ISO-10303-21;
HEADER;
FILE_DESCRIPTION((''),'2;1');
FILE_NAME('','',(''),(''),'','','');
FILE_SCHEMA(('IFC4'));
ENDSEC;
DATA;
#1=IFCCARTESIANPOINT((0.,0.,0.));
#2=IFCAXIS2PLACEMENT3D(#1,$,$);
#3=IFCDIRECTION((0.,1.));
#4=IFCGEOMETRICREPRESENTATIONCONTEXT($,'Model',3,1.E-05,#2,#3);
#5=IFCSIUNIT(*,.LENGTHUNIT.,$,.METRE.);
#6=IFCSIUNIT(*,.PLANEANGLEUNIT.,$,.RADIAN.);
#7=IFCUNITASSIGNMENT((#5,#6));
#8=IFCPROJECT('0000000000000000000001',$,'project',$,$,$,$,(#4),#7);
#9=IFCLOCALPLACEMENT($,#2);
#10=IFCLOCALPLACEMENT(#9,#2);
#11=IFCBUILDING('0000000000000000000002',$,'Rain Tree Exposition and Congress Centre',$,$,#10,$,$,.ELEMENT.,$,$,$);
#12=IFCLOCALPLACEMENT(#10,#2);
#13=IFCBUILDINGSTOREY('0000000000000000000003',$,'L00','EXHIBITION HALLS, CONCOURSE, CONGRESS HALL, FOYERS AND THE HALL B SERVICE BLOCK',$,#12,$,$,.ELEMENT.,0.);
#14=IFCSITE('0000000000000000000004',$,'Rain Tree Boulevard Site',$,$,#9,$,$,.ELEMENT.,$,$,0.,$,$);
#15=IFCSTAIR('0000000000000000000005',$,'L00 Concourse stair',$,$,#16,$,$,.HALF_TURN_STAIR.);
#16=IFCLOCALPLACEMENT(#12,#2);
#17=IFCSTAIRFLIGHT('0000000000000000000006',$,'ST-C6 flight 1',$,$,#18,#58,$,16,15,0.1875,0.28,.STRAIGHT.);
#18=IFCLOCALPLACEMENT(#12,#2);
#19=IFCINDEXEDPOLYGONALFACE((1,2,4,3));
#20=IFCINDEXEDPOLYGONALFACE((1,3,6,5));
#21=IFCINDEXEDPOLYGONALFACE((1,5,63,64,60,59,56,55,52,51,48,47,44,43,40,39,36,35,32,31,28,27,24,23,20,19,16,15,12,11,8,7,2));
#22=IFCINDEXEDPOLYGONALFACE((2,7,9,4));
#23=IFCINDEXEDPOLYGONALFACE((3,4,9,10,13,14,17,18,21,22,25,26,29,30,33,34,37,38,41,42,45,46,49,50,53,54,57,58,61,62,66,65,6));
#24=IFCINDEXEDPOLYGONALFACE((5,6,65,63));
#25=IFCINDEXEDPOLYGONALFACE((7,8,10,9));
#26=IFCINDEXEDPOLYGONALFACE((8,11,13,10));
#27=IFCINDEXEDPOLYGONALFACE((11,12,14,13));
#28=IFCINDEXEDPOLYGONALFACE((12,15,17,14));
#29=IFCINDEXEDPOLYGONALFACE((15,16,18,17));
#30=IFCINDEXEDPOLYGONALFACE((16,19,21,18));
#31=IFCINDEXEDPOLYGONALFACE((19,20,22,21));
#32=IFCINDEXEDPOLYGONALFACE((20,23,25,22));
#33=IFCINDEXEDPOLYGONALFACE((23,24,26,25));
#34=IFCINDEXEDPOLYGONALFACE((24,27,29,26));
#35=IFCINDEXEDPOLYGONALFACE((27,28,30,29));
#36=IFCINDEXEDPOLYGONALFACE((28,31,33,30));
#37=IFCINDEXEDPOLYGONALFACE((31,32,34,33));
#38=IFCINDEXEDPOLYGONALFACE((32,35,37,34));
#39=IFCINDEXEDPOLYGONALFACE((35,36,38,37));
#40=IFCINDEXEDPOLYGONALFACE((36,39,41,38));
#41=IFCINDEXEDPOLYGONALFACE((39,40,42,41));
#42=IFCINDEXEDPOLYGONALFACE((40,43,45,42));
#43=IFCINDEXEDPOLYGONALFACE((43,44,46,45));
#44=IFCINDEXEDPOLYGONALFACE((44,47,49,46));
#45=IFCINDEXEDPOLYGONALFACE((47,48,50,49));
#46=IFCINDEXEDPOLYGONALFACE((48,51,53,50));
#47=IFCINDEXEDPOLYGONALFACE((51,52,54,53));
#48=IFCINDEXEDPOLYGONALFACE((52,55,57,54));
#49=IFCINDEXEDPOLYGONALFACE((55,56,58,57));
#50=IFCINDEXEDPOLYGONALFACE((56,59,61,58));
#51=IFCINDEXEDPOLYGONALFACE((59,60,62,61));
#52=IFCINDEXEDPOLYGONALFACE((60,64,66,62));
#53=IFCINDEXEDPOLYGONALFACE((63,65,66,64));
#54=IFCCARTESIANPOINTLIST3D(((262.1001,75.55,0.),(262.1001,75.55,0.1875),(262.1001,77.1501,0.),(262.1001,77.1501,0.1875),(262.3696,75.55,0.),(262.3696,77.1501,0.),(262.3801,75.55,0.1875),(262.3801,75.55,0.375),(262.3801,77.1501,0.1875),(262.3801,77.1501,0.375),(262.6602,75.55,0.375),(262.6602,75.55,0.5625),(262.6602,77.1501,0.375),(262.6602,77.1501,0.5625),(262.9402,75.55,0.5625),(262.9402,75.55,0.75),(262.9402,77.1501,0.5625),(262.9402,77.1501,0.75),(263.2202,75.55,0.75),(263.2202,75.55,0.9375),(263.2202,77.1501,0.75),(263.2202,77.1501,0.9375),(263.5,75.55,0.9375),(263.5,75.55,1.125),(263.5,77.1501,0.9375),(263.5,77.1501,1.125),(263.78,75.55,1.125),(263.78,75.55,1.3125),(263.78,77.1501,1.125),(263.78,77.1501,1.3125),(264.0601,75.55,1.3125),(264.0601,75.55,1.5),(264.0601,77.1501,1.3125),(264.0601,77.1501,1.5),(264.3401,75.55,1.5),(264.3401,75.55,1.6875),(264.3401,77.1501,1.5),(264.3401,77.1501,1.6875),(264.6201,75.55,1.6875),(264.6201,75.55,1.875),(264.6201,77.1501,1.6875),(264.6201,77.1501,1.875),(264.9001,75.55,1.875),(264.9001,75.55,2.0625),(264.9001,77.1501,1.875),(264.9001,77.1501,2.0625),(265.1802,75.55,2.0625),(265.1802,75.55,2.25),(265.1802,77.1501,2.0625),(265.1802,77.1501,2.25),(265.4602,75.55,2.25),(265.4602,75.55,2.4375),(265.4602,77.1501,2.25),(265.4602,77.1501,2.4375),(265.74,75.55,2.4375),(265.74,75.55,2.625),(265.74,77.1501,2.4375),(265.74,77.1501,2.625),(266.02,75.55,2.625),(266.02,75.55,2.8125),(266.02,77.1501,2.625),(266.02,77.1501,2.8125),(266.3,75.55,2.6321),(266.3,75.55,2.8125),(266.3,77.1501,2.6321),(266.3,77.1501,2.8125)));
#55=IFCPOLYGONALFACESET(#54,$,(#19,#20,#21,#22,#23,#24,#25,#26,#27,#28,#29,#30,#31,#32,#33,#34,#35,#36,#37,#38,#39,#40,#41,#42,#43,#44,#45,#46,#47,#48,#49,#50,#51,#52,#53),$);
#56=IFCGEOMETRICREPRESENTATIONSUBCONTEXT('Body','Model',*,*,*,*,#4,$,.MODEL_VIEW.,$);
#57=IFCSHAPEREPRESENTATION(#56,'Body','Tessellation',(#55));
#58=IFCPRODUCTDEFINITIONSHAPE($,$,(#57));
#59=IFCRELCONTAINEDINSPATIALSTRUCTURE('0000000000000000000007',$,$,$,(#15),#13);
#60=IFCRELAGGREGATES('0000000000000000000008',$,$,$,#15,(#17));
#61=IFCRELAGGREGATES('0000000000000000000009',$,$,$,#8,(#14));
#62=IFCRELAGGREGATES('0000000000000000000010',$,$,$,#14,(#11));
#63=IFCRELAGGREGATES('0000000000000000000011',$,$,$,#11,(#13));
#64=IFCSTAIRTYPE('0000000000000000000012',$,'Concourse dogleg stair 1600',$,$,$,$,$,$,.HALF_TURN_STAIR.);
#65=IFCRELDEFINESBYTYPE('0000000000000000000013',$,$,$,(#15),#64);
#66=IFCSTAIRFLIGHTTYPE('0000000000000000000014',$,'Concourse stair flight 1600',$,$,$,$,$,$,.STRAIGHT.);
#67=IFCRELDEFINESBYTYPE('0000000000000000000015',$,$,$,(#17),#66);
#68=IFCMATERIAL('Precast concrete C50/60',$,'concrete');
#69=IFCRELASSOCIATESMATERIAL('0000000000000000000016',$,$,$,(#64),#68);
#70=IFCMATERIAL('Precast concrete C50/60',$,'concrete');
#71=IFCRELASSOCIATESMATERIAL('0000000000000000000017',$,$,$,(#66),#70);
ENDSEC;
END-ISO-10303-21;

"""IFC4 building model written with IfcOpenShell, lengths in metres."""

from ifc_helpers import new_model, si_unit, direction, frame, origin, place, context, subcontext, project, spatial, polyline, outline, extrude, material, type_object, element, aggregate, save


model = new_model("IFC4")

# Units and contexts
model_context = context("Model", 3, precision=1e-05, world=origin(), true_north=direction((0.0, 1.0)))
body_context = subcontext(model_context, "Body", "Model", "MODEL_VIEW")
ifc_project = project(units=[si_unit("LENGTHUNIT", "METRE"), si_unit("PLANEANGLEUNIT", "RADIAN")], contexts=[model_context])

# Site, building, storey
site_placement = place(None, origin())
site = spatial("IfcSite", under=ifc_project, at=site_placement, Name="Rain Tree Boulevard Site", CompositionType="ELEMENT", RefElevation=0.0)
building_placement = place(site_placement, origin())
building = spatial("IfcBuilding", under=site, at=building_placement, Name="Rain Tree Exposition and Congress Centre", CompositionType="ELEMENT")
storey_placement = place(building_placement, origin())
storey = spatial("IfcBuildingStorey", under=building, at=storey_placement, Name="L00", Description="EXHIBITION HALLS, CONCOURSE, CONGRESS HALL, FOYERS AND THE HALL B SERVICE BLOCK", CompositionType="ELEMENT", Elevation=0.0)

# Stair, stair flight
ifc_material_1 = material(Name="Precast concrete C50/60", Category="concrete")
stair_type = type_object("IfcStairType", Name="Concourse dogleg stair 1600", PredefinedType="HALF_TURN_STAIR", material=ifc_material_1)
stair_placement = place(storey_placement, origin())
stair = element("IfcStair", 1, at=stair_placement, inside=storey, type_object=stair_type, Name="L00 Concourse stair", PredefinedType="HALF_TURN_STAIR")
ifc_material_2 = material(Name="Precast concrete C50/60", Category="concrete")
stair_flight_type = type_object("IfcStairFlightType", Name="Concourse stair flight 1600", PredefinedType="STRAIGHT", material=ifc_material_2)
stair_flight_placement = place(storey_placement, frame((262.1001, 76.3501, 0.0), z_axis=(0.0, 0.0, 1.0), x_axis=(1.0, 0.0, 0.0)))
stair_flight = element("IfcStairFlight", 2, at=stair_flight_placement, type_object=stair_flight_type, Name="ST-C6 flight 1", NumberOfRisers=16, NumberOfTreads=15, PredefinedType="STRAIGHT", RiserHeight=0.1875, TreadLength=0.28, context=body_context, shape_type="SweptSolid", body=[
    extrude(outline(polyline([(0.0, 0.0), (0.0, 0.1875), (0.28, 0.1875), (0.28, 0.375), (0.5601, 0.375), (0.5601, 0.5625), (0.8401, 0.5625), (0.8401, 0.75), (1.1201, 0.75), (1.1201, 0.9375), (1.3999, 0.9375), (1.3999, 1.125), (1.6799, 1.125), (1.6799, 1.3125), (1.96, 1.3125), (1.96, 1.5), (2.24, 1.5), (2.24, 1.6875), (2.52, 1.6875), (2.52, 1.875), (2.8, 1.875), (2.8, 2.0625), (3.0801, 2.0625), (3.0801, 2.25), (3.3601, 2.25), (3.3601, 2.4375), (3.6399, 2.4375), (3.6399, 2.625), (3.9199, 2.625), (3.9199, 2.8125), (4.2, 2.8125), (4.2, 3.0), (4.2, 2.6321), (0.2695, 0.0), (0.0, 0.0)])), frame((0.0, 0.8, 0.0), z_axis=(0.0, -1.0, 0.0), x_axis=(1.0, 0.0, 0.0)), (0.0, 0.0, 1.0), 1.6001),
])
aggregate(stair, [stair_flight])

save(model, "model.ifc")
